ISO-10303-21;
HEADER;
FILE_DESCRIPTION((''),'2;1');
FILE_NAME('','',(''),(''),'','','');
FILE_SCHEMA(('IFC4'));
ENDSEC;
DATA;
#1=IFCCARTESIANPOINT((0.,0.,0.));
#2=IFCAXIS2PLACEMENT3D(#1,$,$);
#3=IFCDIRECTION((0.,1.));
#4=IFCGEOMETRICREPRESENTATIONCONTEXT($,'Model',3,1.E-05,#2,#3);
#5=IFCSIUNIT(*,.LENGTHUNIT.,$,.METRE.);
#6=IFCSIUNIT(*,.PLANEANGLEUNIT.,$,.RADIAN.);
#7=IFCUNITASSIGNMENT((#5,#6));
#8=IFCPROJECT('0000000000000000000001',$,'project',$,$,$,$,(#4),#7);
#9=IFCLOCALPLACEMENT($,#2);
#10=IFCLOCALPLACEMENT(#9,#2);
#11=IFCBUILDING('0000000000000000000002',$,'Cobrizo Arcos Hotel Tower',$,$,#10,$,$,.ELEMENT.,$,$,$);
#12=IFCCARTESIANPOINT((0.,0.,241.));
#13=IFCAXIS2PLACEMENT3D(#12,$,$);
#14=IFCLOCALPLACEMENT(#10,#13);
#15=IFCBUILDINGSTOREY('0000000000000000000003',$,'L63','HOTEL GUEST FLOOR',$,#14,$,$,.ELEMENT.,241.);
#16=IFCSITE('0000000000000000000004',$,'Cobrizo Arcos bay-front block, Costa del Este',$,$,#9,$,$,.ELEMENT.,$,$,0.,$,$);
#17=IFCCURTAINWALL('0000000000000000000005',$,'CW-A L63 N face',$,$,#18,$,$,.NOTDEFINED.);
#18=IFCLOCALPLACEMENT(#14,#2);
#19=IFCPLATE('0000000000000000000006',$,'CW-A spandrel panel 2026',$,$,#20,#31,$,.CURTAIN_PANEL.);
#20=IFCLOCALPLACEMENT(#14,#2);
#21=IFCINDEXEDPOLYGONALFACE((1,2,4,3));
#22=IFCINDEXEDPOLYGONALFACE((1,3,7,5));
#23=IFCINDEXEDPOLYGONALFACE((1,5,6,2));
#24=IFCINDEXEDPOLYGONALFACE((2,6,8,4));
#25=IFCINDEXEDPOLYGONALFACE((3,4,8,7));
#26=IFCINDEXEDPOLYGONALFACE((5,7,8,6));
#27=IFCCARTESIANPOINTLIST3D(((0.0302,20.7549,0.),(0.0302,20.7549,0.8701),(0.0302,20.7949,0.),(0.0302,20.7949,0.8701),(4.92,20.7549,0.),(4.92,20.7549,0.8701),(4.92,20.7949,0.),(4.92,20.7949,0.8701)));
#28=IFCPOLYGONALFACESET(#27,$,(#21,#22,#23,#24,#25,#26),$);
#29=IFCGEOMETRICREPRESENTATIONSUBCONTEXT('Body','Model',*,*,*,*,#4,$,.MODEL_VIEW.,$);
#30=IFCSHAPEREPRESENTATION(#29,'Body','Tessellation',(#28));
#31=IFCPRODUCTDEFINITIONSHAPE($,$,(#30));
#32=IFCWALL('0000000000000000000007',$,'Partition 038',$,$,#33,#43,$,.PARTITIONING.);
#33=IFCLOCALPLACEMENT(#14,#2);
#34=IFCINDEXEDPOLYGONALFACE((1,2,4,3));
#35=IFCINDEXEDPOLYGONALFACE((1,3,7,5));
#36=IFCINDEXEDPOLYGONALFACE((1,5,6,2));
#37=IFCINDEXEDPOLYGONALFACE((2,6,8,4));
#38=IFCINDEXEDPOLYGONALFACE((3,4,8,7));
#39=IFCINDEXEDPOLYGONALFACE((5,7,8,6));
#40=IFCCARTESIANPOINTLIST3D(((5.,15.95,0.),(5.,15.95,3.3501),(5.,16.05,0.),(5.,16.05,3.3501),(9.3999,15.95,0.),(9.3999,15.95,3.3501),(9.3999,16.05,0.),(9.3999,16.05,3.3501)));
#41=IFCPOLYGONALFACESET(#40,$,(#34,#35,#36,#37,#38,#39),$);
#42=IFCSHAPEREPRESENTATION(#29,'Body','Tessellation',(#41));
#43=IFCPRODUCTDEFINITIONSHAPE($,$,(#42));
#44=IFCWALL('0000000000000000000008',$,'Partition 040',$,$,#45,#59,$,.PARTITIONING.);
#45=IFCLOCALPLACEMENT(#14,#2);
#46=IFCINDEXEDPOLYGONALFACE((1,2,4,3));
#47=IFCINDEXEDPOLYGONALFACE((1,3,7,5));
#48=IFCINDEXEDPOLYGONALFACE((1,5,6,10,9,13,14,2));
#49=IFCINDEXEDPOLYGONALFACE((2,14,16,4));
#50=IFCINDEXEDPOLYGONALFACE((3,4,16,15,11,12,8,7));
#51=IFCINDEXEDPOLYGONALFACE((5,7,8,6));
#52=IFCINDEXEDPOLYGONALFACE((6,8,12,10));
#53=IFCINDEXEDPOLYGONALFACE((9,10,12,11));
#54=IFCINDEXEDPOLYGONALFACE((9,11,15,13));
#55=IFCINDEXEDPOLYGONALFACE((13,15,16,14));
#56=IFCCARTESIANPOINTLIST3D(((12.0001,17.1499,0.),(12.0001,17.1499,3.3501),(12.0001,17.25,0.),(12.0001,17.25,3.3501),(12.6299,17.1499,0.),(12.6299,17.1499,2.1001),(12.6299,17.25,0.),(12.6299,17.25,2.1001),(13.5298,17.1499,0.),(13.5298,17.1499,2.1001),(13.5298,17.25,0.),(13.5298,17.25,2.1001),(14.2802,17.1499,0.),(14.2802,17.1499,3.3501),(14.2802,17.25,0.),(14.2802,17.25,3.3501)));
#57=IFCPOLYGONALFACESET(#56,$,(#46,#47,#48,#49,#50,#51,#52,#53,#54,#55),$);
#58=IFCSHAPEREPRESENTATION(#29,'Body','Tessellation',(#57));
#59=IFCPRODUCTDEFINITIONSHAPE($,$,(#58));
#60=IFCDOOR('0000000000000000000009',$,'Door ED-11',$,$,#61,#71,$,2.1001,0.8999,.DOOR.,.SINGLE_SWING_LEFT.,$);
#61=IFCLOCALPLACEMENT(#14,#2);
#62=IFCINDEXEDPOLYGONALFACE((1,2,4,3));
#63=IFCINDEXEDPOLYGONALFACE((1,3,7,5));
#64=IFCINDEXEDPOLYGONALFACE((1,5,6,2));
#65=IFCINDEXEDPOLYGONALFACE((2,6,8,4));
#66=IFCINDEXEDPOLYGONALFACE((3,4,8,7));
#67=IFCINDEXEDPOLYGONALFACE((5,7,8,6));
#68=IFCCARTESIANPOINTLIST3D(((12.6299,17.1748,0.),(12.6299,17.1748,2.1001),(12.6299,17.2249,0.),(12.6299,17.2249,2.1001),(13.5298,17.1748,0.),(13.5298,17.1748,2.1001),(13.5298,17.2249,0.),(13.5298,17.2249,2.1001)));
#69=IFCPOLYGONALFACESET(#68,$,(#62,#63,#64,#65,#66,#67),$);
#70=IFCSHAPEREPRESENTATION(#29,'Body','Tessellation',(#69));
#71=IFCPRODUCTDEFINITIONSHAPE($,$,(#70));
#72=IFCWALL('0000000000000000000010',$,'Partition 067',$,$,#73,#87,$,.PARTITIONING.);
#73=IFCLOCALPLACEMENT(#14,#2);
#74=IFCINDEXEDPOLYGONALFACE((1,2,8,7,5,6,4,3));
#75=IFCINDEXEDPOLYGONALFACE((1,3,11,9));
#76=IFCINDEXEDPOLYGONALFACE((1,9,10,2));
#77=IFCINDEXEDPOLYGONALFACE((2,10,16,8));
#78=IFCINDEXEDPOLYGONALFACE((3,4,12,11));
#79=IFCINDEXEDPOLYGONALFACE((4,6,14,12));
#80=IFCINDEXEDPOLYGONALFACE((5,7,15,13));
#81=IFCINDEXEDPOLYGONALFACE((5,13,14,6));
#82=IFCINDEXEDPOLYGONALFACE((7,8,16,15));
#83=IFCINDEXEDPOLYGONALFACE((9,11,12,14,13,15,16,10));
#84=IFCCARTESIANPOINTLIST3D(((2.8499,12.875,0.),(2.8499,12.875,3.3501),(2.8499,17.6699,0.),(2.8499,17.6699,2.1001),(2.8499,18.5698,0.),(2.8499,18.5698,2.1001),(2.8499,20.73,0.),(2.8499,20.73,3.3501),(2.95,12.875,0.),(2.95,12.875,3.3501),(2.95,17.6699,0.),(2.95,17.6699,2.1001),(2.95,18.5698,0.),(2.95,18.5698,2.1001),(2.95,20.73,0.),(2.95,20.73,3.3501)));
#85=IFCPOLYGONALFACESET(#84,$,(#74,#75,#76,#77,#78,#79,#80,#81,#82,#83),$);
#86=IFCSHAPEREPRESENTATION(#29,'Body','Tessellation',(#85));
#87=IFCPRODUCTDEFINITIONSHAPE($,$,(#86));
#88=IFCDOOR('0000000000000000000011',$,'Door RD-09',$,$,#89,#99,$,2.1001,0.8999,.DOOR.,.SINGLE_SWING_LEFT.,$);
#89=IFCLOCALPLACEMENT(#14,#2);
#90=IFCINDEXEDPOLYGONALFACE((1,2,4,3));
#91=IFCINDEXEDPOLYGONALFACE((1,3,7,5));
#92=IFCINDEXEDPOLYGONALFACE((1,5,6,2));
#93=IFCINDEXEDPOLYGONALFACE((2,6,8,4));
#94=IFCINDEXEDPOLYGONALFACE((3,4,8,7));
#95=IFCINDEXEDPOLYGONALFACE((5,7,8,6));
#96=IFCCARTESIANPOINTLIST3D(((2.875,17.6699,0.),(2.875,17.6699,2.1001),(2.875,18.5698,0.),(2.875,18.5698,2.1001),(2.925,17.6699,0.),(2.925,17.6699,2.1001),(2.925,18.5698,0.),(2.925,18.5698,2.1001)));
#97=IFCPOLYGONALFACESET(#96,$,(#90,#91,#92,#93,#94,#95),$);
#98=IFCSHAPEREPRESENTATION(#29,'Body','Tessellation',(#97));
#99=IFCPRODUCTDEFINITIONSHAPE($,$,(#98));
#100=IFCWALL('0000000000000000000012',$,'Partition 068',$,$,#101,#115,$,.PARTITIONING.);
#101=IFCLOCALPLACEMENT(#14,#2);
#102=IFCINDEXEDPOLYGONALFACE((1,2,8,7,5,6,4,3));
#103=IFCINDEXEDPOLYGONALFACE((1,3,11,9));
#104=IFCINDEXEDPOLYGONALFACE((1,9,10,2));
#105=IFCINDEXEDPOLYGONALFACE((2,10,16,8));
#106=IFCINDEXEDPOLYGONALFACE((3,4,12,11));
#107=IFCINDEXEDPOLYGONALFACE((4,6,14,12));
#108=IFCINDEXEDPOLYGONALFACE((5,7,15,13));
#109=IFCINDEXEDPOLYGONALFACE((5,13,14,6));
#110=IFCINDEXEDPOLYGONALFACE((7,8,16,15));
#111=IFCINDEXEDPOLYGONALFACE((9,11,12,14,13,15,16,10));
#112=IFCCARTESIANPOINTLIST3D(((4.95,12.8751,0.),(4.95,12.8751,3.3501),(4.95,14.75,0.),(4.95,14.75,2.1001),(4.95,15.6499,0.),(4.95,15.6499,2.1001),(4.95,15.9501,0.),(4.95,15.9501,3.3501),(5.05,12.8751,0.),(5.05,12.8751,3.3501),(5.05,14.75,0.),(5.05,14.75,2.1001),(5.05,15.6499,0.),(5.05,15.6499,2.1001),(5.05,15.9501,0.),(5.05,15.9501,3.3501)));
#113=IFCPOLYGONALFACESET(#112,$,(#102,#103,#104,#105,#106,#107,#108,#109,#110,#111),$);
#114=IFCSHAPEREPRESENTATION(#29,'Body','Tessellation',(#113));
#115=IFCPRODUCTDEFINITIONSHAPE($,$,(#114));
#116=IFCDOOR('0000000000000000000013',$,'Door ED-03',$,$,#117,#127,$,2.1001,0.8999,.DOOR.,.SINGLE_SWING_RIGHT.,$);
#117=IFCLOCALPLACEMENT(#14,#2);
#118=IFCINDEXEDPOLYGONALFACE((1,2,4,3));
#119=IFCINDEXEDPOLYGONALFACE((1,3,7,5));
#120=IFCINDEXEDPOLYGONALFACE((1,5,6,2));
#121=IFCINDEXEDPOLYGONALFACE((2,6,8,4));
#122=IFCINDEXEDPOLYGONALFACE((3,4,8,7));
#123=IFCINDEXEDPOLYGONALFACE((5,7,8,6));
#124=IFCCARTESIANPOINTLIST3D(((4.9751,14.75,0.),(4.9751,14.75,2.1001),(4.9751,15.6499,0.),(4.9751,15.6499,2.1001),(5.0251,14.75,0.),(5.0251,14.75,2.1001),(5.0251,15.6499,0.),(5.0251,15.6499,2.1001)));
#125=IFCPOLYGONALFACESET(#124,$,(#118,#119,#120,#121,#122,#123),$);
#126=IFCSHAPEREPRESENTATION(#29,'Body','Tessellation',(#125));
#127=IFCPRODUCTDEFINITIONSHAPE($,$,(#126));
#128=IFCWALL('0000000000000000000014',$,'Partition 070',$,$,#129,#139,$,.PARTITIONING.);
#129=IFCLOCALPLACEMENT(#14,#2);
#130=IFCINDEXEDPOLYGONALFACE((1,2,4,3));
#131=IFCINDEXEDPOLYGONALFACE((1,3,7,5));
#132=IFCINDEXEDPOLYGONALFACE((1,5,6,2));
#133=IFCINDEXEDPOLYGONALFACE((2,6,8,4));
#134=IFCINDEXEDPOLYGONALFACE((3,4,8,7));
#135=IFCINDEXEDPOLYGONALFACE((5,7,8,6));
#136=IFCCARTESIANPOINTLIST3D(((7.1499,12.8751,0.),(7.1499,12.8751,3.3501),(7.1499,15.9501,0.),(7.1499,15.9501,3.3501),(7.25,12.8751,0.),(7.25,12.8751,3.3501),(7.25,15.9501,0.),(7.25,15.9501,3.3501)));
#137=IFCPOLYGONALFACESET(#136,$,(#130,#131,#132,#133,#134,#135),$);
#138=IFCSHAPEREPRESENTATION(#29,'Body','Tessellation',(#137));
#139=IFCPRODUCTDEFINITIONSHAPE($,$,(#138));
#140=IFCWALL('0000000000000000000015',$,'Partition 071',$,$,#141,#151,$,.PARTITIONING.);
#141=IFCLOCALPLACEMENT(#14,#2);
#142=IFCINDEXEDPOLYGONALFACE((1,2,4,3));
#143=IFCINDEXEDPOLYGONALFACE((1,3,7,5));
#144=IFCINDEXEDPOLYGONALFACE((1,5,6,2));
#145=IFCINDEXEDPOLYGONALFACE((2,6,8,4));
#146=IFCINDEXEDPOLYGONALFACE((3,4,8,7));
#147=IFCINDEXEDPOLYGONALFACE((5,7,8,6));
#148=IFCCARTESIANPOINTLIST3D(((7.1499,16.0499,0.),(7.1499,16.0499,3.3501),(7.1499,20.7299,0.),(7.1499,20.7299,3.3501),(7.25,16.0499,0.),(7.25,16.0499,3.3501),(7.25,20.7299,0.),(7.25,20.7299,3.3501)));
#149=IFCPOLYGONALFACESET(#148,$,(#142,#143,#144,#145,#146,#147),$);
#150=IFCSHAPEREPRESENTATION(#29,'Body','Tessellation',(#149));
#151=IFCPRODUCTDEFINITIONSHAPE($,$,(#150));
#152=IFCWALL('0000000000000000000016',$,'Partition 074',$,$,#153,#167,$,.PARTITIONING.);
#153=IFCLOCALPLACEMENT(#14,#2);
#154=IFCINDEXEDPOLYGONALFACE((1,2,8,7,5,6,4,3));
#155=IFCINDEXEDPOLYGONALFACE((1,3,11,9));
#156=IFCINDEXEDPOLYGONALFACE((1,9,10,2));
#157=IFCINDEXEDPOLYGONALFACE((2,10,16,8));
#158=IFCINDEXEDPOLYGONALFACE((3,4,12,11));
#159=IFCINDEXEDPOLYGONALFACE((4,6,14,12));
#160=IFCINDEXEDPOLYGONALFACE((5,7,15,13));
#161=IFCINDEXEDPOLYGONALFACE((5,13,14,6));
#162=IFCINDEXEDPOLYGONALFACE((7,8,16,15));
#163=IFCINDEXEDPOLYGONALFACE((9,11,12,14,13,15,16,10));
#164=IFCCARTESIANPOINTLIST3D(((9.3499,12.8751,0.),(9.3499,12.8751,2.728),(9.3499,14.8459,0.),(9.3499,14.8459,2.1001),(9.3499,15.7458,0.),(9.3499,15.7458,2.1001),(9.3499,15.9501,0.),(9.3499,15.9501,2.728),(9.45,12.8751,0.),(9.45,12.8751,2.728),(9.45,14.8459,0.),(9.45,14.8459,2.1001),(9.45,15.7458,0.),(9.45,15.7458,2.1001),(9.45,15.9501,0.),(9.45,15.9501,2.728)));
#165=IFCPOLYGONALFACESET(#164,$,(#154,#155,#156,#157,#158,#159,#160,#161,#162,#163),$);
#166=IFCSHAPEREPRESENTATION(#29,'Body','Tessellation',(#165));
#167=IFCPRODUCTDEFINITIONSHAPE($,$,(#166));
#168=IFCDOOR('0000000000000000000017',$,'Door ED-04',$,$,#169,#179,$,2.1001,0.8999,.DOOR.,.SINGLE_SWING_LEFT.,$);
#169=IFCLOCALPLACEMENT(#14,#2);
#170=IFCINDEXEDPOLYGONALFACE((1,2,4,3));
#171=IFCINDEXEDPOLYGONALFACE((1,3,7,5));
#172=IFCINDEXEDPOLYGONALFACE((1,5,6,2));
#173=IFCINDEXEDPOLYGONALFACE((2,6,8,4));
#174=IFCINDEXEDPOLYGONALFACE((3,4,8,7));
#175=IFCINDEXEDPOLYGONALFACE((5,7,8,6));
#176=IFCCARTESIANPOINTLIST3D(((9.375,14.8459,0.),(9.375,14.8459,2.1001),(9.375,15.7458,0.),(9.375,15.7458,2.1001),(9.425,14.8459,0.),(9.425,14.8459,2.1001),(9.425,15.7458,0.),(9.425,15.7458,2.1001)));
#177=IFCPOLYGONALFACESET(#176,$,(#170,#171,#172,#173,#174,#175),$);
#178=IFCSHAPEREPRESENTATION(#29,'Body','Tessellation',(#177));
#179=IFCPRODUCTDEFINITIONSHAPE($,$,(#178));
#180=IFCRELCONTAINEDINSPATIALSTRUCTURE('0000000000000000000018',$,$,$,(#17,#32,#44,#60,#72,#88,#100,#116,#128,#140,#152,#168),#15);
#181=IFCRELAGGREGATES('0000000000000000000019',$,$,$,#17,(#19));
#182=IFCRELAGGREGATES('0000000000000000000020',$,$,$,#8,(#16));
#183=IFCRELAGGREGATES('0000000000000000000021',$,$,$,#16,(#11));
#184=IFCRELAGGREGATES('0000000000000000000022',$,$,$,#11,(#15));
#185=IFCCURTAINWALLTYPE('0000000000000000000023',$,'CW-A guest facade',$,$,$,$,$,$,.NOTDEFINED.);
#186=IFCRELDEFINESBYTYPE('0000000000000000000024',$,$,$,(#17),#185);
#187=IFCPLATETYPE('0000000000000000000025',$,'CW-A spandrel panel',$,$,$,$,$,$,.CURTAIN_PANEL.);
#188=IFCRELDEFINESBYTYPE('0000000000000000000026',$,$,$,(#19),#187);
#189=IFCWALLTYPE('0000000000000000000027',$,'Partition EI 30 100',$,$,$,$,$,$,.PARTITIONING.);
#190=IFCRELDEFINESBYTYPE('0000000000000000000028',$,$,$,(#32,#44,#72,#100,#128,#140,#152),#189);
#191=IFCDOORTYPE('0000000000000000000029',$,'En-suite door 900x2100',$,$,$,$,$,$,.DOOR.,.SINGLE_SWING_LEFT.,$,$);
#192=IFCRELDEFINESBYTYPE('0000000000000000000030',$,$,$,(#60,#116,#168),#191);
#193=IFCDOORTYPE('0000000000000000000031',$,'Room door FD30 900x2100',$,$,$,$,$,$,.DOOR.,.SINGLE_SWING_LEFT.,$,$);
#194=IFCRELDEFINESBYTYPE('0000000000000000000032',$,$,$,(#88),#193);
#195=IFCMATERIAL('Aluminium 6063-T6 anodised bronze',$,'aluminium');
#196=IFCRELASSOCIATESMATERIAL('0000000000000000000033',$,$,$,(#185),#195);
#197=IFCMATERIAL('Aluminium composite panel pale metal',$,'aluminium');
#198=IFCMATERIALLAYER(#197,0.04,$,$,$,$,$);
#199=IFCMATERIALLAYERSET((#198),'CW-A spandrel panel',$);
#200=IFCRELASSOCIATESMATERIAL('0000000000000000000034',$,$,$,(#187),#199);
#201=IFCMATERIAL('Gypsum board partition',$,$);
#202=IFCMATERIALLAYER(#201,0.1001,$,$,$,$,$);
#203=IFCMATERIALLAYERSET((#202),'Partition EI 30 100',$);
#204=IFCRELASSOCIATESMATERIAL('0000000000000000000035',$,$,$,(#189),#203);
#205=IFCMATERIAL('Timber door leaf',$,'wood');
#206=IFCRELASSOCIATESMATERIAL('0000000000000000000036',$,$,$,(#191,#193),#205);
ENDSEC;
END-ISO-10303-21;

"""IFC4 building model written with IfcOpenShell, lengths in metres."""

from ifc_helpers import new_model, si_unit, direction, frame, frame_2d, origin, origin_2d, place, context, subcontext, project, spatial, rectangle, extrude, material, layer, layer_set, type_object, element, fill, aggregate, save


model = new_model("IFC4")

# Units and contexts
model_context = context("Model", 3, precision=1e-05, world=origin(), true_north=direction((0.0, 1.0)))
body_context = subcontext(model_context, "Body", "Model", "MODEL_VIEW")
ifc_project = project(units=[si_unit("LENGTHUNIT", "METRE"), si_unit("PLANEANGLEUNIT", "RADIAN")], contexts=[model_context])

# Site, building, storey
site_placement = place(None, origin())
site = spatial("IfcSite", under=ifc_project, at=site_placement, Name="Cobrizo Arcos bay-front block, Costa del Este", CompositionType="ELEMENT", RefElevation=0.0)
building_placement = place(site_placement, origin())
building = spatial("IfcBuilding", under=site, at=building_placement, Name="Cobrizo Arcos Hotel Tower", CompositionType="ELEMENT")
storey_placement = place(building_placement, frame((0.0, 0.0, 241.0)))
storey = spatial("IfcBuildingStorey", under=building, at=storey_placement, Name="L63", Description="HOTEL GUEST FLOOR", CompositionType="ELEMENT", Elevation=241.0)

# Shared definitions
ifc_material_1 = material(Name="Aluminium 6063-T6 anodised bronze", Category="aluminium")
curtain_wall_type = type_object("IfcCurtainWallType", Name="CW-A guest facade", PredefinedType="NOTDEFINED", material=ifc_material_1)

# Curtain wall
curtain_wall_1_placement = place(storey_placement, origin())
curtain_wall_1 = element("IfcCurtainWall", 1, at=curtain_wall_1_placement, inside=storey, type_object=curtain_wall_type, Name="CW-A L63 N face", PredefinedType="NOTDEFINED")

# Plate
ifc_material_2 = material(Name="Aluminium composite panel pale metal", Category="aluminium")
ifc_layer_1 = layer(ifc_material_2, 0.04)
ifc_layer_set_1 = layer_set([ifc_layer_1], Name="CW-A spandrel panel")
plate_type = type_object("IfcPlateType", Name="CW-A spandrel panel", PredefinedType="CURTAIN_PANEL", material=ifc_layer_set_1)
plate_1_placement = place(storey_placement, frame((2.4751, 20.7749, 0.0), z_axis=(0.0, 0.0, 1.0), x_axis=(-1.0, 0.0, 0.0)))
plate_1 = element("IfcPlate", 2, at=plate_1_placement, type_object=plate_type, Name="CW-A spandrel panel 2026", PredefinedType="CURTAIN_PANEL", context=body_context, shape_type="SweptSolid", body=[
    extrude(rectangle(XDim=4.8899, YDim=0.04, at=origin_2d()), origin(), (0.0, 0.0, 1.0), 0.8701),
])
aggregate(curtain_wall_1, [plate_1])

# Wall
ifc_material_3 = material(Name="Gypsum board partition")
ifc_layer_2 = layer(ifc_material_3, 0.1001)
ifc_layer_set_2 = layer_set([ifc_layer_2], Name="Partition EI 30 100")
wall_type = type_object("IfcWallType", Name="Partition EI 30 100", PredefinedType="PARTITIONING", material=ifc_layer_set_2)
wall_1_placement = place(storey_placement, frame((5.0, 16.0, 0.0), z_axis=(0.0, 0.0, 1.0), x_axis=(1.0, 0.0, 0.0)))
element("IfcWall", 3, at=wall_1_placement, inside=storey, type_object=wall_type, Name="Partition 038", PredefinedType="PARTITIONING", context=body_context, shape_type="SweptSolid", body=[
    extrude(rectangle(XDim=4.3999, YDim=0.1001, at=frame_2d((2.2, 0.0))), origin(), (0.0, 0.0, 1.0), 3.3501),
])

# Walls, openings, doors
wall_2_placement = place(storey_placement, frame((12.0, 17.2, 0.0), z_axis=(0.0, 0.0, 1.0), x_axis=(1.0, 0.0, 0.0)))
wall_2 = element("IfcWall", 4, at=wall_2_placement, inside=storey, type_object=wall_type, Name="Partition 040", PredefinedType="PARTITIONING", context=body_context, shape_type="SweptSolid", body=[
    extrude(rectangle(XDim=2.28, YDim=0.1001, at=frame_2d((1.1401, 0.0))), origin(), (0.0, 0.0, 1.0), 3.3501),
])
opening_1_placement = place(wall_2_placement, frame((0.6299, 0.0, 0.0)))
opening_1 = element("IfcOpeningElement", 5, at=opening_1_placement, cuts=wall_2, PredefinedType="OPENING", context=body_context, shape_type="SweptSolid", body=[
    extrude(rectangle(XDim=0.8999, YDim=2.1001, at=frame_2d((0.45, 1.05))), frame((0.0, 0.062, 0.0), z_axis=(0.0, -1.0, 0.0), x_axis=(1.0, 0.0, 0.0)), (0.0, 0.0, 1.0), 0.124),
])
ifc_material_4 = material(Name="Timber door leaf", Category="wood")
door_type_1 = type_object("IfcDoorType", Name="En-suite door 900x2100", OperationType="SINGLE_SWING_LEFT", PredefinedType="DOOR", material=ifc_material_4)
door_1_placement = place(opening_1_placement, origin())
door_1 = element("IfcDoor", 6, at=door_1_placement, inside=storey, type_object=door_type_1, Name="Door ED-11", OperationType="SINGLE_SWING_LEFT", OverallHeight=2.1001, OverallWidth=0.8999, PredefinedType="DOOR", context=body_context, shape_type="SweptSolid", body=[
    extrude(rectangle(XDim=0.8999, YDim=2.1001, at=frame_2d((0.45, 1.05))), frame((0.0, 0.0249, 0.0), z_axis=(0.0, -1.0, 0.0), x_axis=(1.0, 0.0, 0.0)), (0.0, 0.0, 1.0), 0.05),
])
fill(opening_1, door_1)
wall_3_placement = place(storey_placement, frame((2.8999, 12.875, 0.0), z_axis=(0.0, 0.0, 1.0), x_axis=(0.0, 1.0, 0.0)))
wall_3 = element("IfcWall", 7, at=wall_3_placement, inside=storey, type_object=wall_type, Name="Partition 067", PredefinedType="PARTITIONING", context=body_context, shape_type="SweptSolid", body=[
    extrude(rectangle(XDim=7.855, YDim=0.1001, at=frame_2d((3.9275, 0.0))), origin(), (0.0, 0.0, 1.0), 3.3501),
])
opening_2_placement = place(wall_3_placement, frame((4.7949, 0.0, 0.0)))
opening_2 = element("IfcOpeningElement", 8, at=opening_2_placement, cuts=wall_3, PredefinedType="OPENING", context=body_context, shape_type="SweptSolid", body=[
    extrude(rectangle(XDim=0.8999, YDim=2.1001, at=frame_2d((0.45, 1.05))), frame((0.0, 0.062, 0.0), z_axis=(0.0, -1.0, 0.0), x_axis=(1.0, 0.0, 0.0)), (0.0, 0.0, 1.0), 0.124),
])
door_type_2 = type_object("IfcDoorType", Name="Room door FD30 900x2100", OperationType="SINGLE_SWING_LEFT", PredefinedType="DOOR", material=ifc_material_4)
door_2_placement = place(opening_2_placement, origin())
door_2 = element("IfcDoor", 9, at=door_2_placement, inside=storey, type_object=door_type_2, Name="Door RD-09", OperationType="SINGLE_SWING_LEFT", OverallHeight=2.1001, OverallWidth=0.8999, PredefinedType="DOOR", context=body_context, shape_type="SweptSolid", body=[
    extrude(rectangle(XDim=0.8999, YDim=2.1001, at=frame_2d((0.45, 1.05))), frame((0.0, 0.0249, 0.0), z_axis=(0.0, -1.0, 0.0), x_axis=(1.0, 0.0, 0.0)), (0.0, 0.0, 1.0), 0.05),
])
fill(opening_2, door_2)
wall_4_placement = place(storey_placement, frame((5.0, 12.875, 0.0), z_axis=(0.0, 0.0, 1.0), x_axis=(0.0, 1.0, 0.0)))
wall_4 = element("IfcWall", 10, at=wall_4_placement, inside=storey, type_object=wall_type, Name="Partition 068", PredefinedType="PARTITIONING", context=body_context, shape_type="SweptSolid", body=[
    extrude(rectangle(XDim=3.075, YDim=0.1001, at=frame_2d((1.5376, 0.0))), origin(), (0.0, 0.0, 1.0), 3.3501),
])
opening_3_placement = place(wall_4_placement, frame((1.875, 0.0, 0.0)))
opening_3 = element("IfcOpeningElement", 11, at=opening_3_placement, cuts=wall_4, PredefinedType="OPENING", context=body_context, shape_type="SweptSolid", body=[
    extrude(rectangle(XDim=0.8999, YDim=2.1001, at=frame_2d((0.45, 1.05))), frame((0.0, 0.062, 0.0), z_axis=(0.0, -1.0, 0.0), x_axis=(1.0, 0.0, 0.0)), (0.0, 0.0, 1.0), 0.124),
])
door_3_placement = place(opening_3_placement, origin())
door_3 = element("IfcDoor", 12, at=door_3_placement, inside=storey, type_object=door_type_1, Name="Door ED-03", OperationType="SINGLE_SWING_RIGHT", OverallHeight=2.1001, OverallWidth=0.8999, PredefinedType="DOOR", context=body_context, shape_type="SweptSolid", body=[
    extrude(rectangle(XDim=0.8999, YDim=2.1001, at=frame_2d((0.45, 1.05))), frame((0.0, 0.0249, 0.0), z_axis=(0.0, -1.0, 0.0), x_axis=(1.0, 0.0, 0.0)), (0.0, 0.0, 1.0), 0.05),
])
fill(opening_3, door_3)

# Walls
wall_5_placement = place(storey_placement, frame((7.2, 12.875, 0.0), z_axis=(0.0, 0.0, 1.0), x_axis=(0.0, 1.0, 0.0)))
element("IfcWall", 13, at=wall_5_placement, inside=storey, type_object=wall_type, Name="Partition 070", PredefinedType="PARTITIONING", context=body_context, shape_type="SweptSolid", body=[
    extrude(rectangle(XDim=3.075, YDim=0.1001, at=frame_2d((1.5376, 0.0))), origin(), (0.0, 0.0, 1.0), 3.3501),
])
wall_6_placement = place(storey_placement, frame((7.2, 16.05, 0.0), z_axis=(0.0, 0.0, 1.0), x_axis=(0.0, 1.0, 0.0)))
element("IfcWall", 14, at=wall_6_placement, inside=storey, type_object=wall_type, Name="Partition 071", PredefinedType="PARTITIONING", context=body_context, shape_type="SweptSolid", body=[
    extrude(rectangle(XDim=4.6799, YDim=0.1001, at=frame_2d((2.3398, 0.0))), origin(), (0.0, 0.0, 1.0), 3.3501),
])

# Wall, opening, door
wall_7_placement = place(storey_placement, frame((9.3999, 12.875, 0.0), z_axis=(0.0, 0.0, 1.0), x_axis=(0.0, 1.0, 0.0)))
wall_7 = element("IfcWall", 15, at=wall_7_placement, inside=storey, type_object=wall_type, Name="Partition 074", PredefinedType="PARTITIONING", context=body_context, shape_type="SweptSolid", body=[
    extrude(rectangle(XDim=3.075, YDim=0.1001, at=frame_2d((1.5376, 0.0))), origin(), (0.0, 0.0, 1.0), 2.728),
])
opening_4_placement = place(wall_7_placement, frame((1.9709, 0.0, 0.0)))
opening_4 = element("IfcOpeningElement", 16, at=opening_4_placement, cuts=wall_7, PredefinedType="OPENING", context=body_context, shape_type="SweptSolid", body=[
    extrude(rectangle(XDim=0.8999, YDim=2.1001, at=frame_2d((0.45, 1.05))), frame((0.0, 0.062, 0.0), z_axis=(0.0, -1.0, 0.0), x_axis=(1.0, 0.0, 0.0)), (0.0, 0.0, 1.0), 0.124),
])
door_4_placement = place(opening_4_placement, origin())
door_4 = element("IfcDoor", 17, at=door_4_placement, inside=storey, type_object=door_type_1, Name="Door ED-04", OperationType="SINGLE_SWING_LEFT", OverallHeight=2.1001, OverallWidth=0.8999, PredefinedType="DOOR", context=body_context, shape_type="SweptSolid", body=[
    extrude(rectangle(XDim=0.8999, YDim=2.1001, at=frame_2d((0.45, 1.05))), frame((0.0, 0.0249, 0.0), z_axis=(0.0, -1.0, 0.0), x_axis=(1.0, 0.0, 0.0)), (0.0, 0.0, 1.0), 0.05),
])
fill(opening_4, door_4)

save(model, "model.ifc")
